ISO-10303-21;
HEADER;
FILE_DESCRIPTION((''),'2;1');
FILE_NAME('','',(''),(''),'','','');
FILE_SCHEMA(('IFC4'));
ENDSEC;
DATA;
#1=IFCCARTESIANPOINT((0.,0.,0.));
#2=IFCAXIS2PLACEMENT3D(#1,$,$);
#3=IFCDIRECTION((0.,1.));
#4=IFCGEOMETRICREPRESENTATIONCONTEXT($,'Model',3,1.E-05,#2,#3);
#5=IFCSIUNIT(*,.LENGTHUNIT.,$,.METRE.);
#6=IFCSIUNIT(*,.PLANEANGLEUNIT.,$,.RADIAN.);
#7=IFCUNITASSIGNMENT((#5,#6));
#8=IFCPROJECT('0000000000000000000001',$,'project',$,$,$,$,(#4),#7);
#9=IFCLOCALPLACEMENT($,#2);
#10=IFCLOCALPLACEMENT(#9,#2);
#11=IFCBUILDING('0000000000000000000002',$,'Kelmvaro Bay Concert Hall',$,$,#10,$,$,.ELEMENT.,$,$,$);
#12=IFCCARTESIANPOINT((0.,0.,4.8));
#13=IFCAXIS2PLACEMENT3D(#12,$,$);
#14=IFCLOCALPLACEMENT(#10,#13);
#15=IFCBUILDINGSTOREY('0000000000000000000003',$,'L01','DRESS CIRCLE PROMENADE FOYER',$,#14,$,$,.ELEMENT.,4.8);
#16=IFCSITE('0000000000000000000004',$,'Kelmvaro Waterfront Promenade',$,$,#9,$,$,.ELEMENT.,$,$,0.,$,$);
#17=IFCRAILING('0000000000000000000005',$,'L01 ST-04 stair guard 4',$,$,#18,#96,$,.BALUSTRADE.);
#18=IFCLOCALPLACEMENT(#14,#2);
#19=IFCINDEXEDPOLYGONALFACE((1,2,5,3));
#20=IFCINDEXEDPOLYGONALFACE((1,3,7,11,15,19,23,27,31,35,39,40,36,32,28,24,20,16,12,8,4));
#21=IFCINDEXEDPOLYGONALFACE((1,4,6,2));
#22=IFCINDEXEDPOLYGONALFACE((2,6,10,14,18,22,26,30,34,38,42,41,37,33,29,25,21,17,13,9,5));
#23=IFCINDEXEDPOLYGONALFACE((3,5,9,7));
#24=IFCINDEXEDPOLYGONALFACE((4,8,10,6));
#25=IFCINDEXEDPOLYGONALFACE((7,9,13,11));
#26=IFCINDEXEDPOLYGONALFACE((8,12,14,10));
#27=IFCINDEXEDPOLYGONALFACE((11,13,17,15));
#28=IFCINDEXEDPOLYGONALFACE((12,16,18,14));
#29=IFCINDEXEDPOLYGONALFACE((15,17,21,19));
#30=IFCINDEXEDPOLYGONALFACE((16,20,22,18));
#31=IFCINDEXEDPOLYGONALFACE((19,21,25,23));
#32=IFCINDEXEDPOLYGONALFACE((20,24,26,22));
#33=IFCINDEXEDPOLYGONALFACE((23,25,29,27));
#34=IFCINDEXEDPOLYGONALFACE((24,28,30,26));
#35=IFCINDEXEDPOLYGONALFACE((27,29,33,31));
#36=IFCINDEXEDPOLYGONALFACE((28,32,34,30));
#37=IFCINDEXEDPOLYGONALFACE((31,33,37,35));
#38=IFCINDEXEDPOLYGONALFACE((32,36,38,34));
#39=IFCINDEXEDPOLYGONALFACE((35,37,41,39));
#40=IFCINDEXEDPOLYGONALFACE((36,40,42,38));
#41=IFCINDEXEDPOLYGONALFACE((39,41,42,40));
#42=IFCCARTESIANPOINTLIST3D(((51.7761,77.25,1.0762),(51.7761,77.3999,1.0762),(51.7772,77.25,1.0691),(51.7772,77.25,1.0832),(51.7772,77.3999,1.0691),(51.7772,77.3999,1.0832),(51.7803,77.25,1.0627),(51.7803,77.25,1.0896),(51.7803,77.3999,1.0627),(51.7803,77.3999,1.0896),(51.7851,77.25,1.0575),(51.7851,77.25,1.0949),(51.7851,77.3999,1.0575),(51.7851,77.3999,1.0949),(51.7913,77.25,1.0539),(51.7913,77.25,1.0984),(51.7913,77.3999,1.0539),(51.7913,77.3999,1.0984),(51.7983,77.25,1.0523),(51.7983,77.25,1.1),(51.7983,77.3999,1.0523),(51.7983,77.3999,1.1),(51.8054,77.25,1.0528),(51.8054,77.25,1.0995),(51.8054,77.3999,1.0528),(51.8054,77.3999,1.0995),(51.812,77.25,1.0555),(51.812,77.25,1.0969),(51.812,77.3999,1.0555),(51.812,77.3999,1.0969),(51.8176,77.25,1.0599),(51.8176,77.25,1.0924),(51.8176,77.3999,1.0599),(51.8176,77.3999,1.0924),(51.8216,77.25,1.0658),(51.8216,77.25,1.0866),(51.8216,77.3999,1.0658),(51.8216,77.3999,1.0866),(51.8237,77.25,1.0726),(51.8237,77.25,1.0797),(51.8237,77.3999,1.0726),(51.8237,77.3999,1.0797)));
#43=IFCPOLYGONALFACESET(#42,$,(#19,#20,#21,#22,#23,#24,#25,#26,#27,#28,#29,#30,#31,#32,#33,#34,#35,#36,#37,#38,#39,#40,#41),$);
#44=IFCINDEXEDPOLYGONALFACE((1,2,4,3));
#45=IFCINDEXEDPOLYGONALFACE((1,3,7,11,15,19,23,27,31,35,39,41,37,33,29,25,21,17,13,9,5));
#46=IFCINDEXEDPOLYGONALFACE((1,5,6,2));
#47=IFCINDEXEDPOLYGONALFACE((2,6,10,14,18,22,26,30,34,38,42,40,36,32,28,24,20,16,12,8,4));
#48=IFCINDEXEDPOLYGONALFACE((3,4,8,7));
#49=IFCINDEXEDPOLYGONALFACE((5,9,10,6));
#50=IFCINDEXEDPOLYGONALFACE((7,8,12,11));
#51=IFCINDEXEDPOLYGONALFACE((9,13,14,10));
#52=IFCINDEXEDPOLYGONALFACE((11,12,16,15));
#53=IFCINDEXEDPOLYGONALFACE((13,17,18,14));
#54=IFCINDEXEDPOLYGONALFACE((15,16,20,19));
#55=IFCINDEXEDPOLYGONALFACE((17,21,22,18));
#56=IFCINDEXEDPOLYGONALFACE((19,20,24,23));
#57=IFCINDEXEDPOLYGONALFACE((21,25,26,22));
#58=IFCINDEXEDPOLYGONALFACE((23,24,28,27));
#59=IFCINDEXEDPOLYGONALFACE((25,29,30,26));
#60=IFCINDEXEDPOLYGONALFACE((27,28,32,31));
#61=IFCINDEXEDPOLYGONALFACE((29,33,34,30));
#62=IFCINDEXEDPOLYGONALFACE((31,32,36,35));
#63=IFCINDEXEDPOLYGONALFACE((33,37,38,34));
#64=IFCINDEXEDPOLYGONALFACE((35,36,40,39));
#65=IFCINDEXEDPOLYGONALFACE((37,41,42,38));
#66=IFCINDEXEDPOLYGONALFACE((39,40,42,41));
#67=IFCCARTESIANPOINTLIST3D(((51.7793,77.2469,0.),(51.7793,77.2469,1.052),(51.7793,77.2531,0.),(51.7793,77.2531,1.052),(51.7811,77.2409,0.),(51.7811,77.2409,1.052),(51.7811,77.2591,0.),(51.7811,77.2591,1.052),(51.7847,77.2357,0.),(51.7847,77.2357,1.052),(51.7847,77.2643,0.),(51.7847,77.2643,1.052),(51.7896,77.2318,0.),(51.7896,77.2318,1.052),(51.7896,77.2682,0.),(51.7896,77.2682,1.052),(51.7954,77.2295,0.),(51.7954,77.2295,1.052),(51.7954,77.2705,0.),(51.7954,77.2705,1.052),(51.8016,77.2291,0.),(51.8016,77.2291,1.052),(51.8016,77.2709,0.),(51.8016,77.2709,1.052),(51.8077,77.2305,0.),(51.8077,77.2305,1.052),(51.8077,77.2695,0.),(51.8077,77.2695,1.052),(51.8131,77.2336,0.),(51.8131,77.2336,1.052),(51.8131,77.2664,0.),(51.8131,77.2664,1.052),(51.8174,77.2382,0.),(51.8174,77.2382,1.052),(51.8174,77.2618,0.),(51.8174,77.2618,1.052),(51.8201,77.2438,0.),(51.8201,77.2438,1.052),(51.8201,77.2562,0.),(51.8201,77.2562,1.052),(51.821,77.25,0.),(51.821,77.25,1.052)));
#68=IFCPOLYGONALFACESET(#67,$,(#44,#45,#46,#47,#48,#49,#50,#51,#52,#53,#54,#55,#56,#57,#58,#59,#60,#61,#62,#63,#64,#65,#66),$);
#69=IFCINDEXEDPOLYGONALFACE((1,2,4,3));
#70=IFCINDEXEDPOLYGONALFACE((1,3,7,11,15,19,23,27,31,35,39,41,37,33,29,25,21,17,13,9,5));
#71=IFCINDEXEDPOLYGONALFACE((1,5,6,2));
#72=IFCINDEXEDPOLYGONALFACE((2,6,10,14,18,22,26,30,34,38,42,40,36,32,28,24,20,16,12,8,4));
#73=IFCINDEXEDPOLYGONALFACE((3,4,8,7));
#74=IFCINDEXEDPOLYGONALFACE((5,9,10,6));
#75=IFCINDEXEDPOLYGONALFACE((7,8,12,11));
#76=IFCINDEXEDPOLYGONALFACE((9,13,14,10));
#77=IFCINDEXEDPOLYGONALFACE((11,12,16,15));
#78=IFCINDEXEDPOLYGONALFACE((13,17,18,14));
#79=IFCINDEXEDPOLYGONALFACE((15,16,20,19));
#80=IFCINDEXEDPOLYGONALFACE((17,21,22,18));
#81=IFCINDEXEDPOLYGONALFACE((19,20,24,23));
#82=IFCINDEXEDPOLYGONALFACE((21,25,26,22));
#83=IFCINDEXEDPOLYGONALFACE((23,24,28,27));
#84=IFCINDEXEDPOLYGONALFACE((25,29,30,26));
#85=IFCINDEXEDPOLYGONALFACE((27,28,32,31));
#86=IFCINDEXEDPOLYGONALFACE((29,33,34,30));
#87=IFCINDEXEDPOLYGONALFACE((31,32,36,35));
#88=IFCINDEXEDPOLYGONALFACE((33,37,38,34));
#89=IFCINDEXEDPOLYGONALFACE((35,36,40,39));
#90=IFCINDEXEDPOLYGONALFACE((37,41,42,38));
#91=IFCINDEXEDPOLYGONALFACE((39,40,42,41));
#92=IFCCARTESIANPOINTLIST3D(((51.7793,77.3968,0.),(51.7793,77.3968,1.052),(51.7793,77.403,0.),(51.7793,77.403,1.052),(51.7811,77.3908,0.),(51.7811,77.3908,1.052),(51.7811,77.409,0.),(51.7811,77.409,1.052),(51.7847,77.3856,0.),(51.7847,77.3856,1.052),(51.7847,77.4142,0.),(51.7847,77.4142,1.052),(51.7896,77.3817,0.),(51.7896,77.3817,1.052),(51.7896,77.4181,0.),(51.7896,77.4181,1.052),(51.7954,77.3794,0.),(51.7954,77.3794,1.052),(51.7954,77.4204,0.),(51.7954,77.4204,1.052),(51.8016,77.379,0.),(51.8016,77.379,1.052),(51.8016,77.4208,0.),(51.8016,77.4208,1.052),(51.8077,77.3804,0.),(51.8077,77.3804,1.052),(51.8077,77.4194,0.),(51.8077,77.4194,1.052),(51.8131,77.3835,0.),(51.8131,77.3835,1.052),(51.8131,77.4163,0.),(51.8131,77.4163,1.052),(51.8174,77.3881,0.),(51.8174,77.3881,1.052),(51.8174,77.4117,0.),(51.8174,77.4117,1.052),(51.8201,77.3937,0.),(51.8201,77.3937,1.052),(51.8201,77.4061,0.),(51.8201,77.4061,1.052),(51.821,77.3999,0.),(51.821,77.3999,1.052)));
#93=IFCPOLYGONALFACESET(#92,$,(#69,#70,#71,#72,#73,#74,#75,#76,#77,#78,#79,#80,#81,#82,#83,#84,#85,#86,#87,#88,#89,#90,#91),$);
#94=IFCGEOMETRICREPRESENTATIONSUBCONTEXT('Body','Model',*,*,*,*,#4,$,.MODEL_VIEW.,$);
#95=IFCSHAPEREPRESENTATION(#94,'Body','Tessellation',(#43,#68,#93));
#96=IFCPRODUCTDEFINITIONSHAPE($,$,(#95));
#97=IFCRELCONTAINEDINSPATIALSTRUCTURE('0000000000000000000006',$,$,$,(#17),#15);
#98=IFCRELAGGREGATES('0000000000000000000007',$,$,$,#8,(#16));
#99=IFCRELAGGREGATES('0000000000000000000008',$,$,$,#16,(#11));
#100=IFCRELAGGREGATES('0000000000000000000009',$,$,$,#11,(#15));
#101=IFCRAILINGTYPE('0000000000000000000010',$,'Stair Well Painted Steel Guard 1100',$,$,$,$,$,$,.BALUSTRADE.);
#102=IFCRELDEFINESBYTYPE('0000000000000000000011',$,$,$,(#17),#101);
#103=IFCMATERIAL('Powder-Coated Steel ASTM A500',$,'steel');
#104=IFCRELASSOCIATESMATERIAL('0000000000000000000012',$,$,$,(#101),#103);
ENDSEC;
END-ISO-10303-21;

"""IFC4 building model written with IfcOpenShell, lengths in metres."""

from ifc_helpers import new_model, si_unit, direction, frame, origin, origin_2d, place, context, subcontext, project, spatial, circle, extrude, material, type_object, element, save


model = new_model("IFC4")

# Units and contexts
model_context = context("Model", 3, precision=1e-05, world=origin(), true_north=direction((0.0, 1.0)))
body_context = subcontext(model_context, "Body", "Model", "MODEL_VIEW")
ifc_project = project(units=[si_unit("LENGTHUNIT", "METRE"), si_unit("PLANEANGLEUNIT", "RADIAN")], contexts=[model_context])

# Site, building, storey
site_placement = place(None, origin())
site = spatial("IfcSite", under=ifc_project, at=site_placement, Name="Kelmvaro Waterfront Promenade", CompositionType="ELEMENT", RefElevation=0.0)
building_placement = place(site_placement, origin())
building = spatial("IfcBuilding", under=site, at=building_placement, Name="Kelmvaro Bay Concert Hall", CompositionType="ELEMENT")
storey_placement = place(building_placement, frame((0.0, 0.0, 4.8)))
storey = spatial("IfcBuildingStorey", under=building, at=storey_placement, Name="L01", Description="DRESS CIRCLE PROMENADE FOYER", CompositionType="ELEMENT", Elevation=4.8)

# Railing
ifc_material_1 = material(Name="Powder-Coated Steel ASTM A500", Category="steel")
railing_type_1 = type_object("IfcRailingType", Name="Stair Well Painted Steel Guard 1100", PredefinedType="BALUSTRADE", material=ifc_material_1)
railing_1_placement = place(storey_placement, frame((51.8, 77.25, 0.0)))
element("IfcRailing", 1, at=railing_1_placement, inside=storey, type_object=railing_type_1, Name="L01 ST-04 stair guard 4", PredefinedType="BALUSTRADE", context=body_context, shape_type="SweptSolid", body=[
    extrude(circle(Radius=0.0239, at=origin_2d()), frame((0.0, 0.0, 1.0762), z_axis=(0.0, 1.0, 0.0), x_axis=(-1.0, 0.0, 0.0)), (0.0, 0.0, 1.0), 0.1499),
    extrude(circle(Radius=0.021, at=origin_2d()), origin(), (0.0, 0.0, 1.0), 1.052),
    extrude(circle(Radius=0.021, at=origin_2d()), frame((0.0, 0.1499, 0.0)), (0.0, 0.0, 1.0), 1.052),
])

save(model, "model.ifc")
